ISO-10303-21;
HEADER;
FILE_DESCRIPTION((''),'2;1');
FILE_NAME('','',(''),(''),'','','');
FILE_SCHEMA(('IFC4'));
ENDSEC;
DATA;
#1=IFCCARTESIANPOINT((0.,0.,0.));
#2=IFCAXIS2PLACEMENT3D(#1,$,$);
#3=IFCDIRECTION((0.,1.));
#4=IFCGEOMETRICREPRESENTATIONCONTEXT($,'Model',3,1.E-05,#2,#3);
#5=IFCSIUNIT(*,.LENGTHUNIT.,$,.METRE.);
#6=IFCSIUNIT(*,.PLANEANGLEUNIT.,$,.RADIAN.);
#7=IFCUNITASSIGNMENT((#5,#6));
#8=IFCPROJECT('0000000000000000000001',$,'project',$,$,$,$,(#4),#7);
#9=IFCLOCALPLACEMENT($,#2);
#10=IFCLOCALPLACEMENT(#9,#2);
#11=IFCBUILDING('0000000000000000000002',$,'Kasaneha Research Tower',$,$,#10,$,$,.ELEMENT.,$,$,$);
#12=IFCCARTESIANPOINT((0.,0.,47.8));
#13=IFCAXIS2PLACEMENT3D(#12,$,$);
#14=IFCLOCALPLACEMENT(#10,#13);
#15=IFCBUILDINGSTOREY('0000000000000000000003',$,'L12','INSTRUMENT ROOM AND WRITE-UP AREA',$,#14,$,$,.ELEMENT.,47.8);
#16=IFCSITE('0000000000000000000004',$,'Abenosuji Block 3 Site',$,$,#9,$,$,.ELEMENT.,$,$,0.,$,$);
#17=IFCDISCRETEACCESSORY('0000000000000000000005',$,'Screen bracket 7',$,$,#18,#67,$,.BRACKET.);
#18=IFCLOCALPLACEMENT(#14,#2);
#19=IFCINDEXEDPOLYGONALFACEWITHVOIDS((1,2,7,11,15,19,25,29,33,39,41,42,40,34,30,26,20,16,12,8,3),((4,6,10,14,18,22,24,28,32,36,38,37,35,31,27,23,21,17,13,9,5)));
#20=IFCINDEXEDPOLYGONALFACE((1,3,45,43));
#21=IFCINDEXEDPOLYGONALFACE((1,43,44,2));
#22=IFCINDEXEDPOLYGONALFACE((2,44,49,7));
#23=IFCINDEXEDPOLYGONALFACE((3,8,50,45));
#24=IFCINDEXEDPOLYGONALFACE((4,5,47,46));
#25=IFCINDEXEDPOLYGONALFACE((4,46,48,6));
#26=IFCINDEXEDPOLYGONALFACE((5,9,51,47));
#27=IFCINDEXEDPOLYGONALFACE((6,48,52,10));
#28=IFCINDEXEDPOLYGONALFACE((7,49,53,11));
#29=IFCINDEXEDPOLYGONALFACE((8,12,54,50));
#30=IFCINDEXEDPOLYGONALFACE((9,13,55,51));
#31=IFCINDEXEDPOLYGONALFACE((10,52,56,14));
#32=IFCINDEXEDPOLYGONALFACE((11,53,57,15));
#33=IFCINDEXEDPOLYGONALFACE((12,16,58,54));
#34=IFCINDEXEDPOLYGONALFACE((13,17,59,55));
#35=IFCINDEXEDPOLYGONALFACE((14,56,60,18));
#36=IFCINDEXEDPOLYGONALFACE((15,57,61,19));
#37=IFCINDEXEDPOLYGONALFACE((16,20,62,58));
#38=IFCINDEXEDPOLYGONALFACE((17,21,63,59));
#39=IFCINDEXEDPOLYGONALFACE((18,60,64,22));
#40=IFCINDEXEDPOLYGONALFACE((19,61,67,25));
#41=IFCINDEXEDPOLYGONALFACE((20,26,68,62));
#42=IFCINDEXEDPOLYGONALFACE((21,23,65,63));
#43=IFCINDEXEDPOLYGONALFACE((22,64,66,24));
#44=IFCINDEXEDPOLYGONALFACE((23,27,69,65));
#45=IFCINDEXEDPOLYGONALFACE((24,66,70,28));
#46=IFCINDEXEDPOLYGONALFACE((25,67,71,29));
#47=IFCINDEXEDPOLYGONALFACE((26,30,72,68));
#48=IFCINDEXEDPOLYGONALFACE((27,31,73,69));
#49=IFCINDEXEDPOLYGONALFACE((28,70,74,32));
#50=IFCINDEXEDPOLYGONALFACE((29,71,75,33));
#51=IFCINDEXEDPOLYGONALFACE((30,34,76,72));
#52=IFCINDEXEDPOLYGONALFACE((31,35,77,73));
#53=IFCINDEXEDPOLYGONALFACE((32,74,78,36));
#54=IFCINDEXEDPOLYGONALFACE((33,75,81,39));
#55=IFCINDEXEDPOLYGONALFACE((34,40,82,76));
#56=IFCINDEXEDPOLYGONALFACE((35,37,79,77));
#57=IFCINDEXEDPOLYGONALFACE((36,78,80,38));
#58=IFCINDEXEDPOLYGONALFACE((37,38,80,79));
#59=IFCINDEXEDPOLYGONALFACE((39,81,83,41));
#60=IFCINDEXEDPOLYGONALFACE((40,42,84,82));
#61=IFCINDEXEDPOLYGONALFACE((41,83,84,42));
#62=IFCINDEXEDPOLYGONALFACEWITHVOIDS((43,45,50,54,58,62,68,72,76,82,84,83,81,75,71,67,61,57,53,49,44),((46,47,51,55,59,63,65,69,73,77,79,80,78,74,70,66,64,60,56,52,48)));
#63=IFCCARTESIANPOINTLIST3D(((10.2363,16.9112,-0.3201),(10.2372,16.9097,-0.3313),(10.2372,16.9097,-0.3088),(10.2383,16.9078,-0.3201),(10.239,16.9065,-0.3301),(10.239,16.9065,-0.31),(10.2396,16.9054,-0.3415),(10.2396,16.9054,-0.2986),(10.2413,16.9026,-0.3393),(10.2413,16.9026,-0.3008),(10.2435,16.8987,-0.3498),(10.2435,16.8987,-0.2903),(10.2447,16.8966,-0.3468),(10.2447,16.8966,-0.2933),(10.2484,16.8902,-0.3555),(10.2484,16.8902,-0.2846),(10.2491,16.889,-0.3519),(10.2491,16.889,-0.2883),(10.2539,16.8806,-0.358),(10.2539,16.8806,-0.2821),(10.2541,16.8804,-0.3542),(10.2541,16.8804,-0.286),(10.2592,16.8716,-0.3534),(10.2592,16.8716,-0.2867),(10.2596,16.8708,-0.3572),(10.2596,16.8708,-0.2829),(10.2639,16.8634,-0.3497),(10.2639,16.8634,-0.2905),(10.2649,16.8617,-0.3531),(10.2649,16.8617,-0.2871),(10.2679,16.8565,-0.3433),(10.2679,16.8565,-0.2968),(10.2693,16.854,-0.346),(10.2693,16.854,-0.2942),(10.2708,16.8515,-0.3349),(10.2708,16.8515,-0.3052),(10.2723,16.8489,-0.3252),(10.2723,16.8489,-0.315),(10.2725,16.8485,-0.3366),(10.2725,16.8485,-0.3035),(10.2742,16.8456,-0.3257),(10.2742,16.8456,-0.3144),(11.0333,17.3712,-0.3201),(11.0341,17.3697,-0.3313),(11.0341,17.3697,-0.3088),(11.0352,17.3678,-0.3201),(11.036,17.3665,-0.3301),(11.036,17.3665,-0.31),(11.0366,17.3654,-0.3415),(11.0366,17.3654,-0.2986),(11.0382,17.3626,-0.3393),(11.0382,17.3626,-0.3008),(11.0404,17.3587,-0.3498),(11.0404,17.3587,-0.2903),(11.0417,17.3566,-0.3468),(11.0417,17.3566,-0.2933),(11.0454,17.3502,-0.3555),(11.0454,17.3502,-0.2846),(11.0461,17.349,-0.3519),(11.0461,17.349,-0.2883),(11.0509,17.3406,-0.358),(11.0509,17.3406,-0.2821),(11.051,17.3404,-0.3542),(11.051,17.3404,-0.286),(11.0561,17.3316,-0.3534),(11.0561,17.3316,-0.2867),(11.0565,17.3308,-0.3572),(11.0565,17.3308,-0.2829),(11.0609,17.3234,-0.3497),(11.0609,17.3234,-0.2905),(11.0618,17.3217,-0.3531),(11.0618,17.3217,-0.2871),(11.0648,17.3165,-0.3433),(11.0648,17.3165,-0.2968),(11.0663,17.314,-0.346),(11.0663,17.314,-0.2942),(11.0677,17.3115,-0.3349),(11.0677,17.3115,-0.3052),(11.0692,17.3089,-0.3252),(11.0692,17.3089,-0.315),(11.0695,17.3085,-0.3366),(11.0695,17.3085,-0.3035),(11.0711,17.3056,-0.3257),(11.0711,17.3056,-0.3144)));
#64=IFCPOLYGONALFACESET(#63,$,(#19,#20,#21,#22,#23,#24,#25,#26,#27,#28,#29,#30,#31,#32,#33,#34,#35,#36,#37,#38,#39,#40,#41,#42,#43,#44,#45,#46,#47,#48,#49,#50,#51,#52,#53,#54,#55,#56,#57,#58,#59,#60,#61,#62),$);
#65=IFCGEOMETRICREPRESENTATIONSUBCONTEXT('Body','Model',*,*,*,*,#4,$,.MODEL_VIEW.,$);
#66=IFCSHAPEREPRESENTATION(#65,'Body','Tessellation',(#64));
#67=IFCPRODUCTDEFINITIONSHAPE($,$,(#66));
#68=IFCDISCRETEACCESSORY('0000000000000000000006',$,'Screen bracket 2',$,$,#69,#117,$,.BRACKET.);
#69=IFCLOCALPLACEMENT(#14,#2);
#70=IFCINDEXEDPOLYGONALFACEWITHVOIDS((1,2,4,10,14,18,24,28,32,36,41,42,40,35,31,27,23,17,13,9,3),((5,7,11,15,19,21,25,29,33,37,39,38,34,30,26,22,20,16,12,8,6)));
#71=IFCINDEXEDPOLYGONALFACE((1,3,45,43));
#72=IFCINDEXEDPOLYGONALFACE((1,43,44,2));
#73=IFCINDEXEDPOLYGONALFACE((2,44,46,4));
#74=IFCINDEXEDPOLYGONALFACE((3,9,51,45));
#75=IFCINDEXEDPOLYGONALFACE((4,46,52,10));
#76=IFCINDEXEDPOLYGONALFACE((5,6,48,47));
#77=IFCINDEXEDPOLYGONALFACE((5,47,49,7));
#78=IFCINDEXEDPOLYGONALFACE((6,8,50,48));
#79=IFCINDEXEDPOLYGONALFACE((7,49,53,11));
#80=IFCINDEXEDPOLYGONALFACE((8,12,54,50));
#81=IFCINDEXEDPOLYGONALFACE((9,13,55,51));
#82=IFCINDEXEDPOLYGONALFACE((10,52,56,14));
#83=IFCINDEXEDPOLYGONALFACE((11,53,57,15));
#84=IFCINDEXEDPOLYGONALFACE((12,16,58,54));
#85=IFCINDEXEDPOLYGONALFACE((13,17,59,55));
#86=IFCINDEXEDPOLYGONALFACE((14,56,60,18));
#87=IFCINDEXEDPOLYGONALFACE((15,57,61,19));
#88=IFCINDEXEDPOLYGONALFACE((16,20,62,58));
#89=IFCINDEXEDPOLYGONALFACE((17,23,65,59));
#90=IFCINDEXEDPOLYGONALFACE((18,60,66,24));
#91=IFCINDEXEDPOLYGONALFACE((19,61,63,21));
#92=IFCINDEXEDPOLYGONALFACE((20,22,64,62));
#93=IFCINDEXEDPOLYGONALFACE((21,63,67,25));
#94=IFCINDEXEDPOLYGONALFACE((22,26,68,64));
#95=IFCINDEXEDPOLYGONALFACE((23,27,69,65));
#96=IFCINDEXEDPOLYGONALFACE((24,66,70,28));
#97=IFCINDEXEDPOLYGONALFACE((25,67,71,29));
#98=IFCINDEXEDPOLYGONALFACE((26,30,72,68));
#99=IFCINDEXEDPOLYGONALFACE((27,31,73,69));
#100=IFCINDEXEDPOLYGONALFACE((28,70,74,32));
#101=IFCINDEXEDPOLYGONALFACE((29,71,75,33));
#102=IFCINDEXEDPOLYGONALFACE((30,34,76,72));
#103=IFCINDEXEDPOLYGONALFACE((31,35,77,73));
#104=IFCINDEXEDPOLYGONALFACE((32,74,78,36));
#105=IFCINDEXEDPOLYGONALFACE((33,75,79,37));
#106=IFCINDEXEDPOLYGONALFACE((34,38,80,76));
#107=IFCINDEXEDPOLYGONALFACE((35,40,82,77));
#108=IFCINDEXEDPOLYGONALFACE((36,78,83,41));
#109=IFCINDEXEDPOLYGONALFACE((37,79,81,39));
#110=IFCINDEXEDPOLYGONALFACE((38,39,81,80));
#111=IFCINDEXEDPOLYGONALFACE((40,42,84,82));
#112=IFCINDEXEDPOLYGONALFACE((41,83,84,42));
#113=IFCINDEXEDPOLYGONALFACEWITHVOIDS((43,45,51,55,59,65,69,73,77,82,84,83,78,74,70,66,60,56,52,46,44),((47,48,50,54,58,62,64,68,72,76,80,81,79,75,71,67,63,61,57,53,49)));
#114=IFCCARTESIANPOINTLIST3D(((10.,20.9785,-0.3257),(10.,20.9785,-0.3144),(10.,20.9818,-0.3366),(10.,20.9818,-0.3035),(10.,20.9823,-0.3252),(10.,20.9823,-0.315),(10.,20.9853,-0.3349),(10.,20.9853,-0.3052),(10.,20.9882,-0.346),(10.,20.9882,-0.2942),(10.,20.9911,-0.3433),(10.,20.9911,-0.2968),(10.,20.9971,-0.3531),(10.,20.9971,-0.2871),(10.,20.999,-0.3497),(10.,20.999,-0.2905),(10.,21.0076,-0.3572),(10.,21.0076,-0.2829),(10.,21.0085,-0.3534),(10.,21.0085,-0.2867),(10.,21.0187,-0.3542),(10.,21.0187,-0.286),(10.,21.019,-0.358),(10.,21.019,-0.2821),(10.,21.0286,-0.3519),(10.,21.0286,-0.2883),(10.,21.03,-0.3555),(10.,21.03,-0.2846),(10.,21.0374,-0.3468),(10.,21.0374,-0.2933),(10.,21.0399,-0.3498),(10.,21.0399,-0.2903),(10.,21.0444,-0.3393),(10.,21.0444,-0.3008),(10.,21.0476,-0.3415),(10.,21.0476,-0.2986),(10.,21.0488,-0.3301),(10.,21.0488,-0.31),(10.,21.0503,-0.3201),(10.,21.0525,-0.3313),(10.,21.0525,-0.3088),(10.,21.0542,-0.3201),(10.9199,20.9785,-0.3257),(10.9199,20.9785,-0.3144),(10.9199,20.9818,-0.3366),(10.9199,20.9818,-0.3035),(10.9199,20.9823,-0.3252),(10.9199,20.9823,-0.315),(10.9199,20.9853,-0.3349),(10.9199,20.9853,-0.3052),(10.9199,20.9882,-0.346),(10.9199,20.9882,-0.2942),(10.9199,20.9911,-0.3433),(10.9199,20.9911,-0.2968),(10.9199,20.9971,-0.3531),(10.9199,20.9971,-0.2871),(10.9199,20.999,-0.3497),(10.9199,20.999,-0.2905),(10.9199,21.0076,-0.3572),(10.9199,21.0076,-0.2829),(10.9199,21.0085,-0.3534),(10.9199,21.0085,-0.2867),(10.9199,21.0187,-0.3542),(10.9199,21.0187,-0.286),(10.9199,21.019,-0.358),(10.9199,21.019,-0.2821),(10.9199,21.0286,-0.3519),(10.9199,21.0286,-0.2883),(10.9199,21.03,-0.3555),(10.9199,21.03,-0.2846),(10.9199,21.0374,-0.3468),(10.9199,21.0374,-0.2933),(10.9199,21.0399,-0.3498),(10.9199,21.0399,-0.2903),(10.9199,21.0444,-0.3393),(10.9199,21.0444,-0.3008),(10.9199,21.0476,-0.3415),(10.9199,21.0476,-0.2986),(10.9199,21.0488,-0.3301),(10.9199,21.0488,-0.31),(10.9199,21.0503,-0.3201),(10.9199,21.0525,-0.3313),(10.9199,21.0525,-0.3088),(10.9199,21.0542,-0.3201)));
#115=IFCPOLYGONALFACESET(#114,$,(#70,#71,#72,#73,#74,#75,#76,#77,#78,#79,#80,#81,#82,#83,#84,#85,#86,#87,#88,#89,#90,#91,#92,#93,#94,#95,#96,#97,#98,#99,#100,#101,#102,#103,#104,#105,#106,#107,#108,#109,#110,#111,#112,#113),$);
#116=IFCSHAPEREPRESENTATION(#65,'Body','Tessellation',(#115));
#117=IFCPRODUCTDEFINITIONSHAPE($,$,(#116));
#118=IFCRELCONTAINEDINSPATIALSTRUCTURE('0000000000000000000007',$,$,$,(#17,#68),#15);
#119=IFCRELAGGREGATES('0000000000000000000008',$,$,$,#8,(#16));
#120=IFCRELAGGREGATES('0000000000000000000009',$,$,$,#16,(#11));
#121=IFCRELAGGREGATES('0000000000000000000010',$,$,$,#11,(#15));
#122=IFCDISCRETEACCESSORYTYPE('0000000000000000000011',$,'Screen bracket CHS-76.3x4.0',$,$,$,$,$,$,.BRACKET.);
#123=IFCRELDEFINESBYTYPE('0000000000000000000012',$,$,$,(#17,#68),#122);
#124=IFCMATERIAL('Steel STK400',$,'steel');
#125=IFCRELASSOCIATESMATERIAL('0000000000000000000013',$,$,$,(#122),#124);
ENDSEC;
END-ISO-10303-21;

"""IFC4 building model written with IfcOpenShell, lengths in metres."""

from ifc_helpers import new_model, si_unit, direction, frame, origin, origin_2d, place, context, subcontext, project, spatial, hollow_circle, extrude, material, material_profile, profile_set, type_object, element, save


model = new_model("IFC4")

# Units and contexts
model_context = context("Model", 3, precision=1e-05, world=origin(), true_north=direction((0.0, 1.0)))
body_context = subcontext(model_context, "Body", "Model", "MODEL_VIEW")
ifc_project = project(units=[si_unit("LENGTHUNIT", "METRE"), si_unit("PLANEANGLEUNIT", "RADIAN")], contexts=[model_context])

# Site, building, storey
site_placement = place(None, origin())
site = spatial("IfcSite", under=ifc_project, at=site_placement, Name="Abenosuji Block 3 Site", CompositionType="ELEMENT", RefElevation=0.0)
building_placement = place(site_placement, origin())
building = spatial("IfcBuilding", under=site, at=building_placement, Name="Kasaneha Research Tower", CompositionType="ELEMENT")
storey_placement = place(building_placement, frame((0.0, 0.0, 47.8)))
storey = spatial("IfcBuildingStorey", under=building, at=storey_placement, Name="L12", Description="INSTRUMENT ROOM AND WRITE-UP AREA", CompositionType="ELEMENT", Elevation=47.8)

# Discrete accessories
ifc_material_1 = material(Name="Steel STK400", Category="steel")
ifc_material_profile_1 = material_profile(ifc_material_1, hollow_circle(Radius=0.0381, WallThickness=0.0039, at=origin_2d()), Name="CHS-76.3x4.0")
ifc_profile_set_1 = profile_set([ifc_material_profile_1], Name="Steel STK400")
discrete_accessory_type = type_object("IfcDiscreteAccessoryType", Name="Screen bracket CHS-76.3x4.0", PredefinedType="BRACKET", material=ifc_profile_set_1)
discrete_accessory_1_placement = place(storey_placement, frame((10.2554, 16.8782, -0.3201), z_axis=(0.86608, 0.499906, 0.0), x_axis=(-0.499906, 0.86608, 0.0)))
element("IfcDiscreteAccessory", 1, at=discrete_accessory_1_placement, inside=storey, type_object=discrete_accessory_type, Name="Screen bracket 7", PredefinedType="BRACKET", context=body_context, shape_type="SweptSolid", body=[
    extrude(hollow_circle(Radius=0.0381, WallThickness=0.0039, at=origin_2d()), origin(), (0.0, 0.0, 1.0), 0.9202),
])
discrete_accessory_2_placement = place(storey_placement, frame((10.0, 21.0161, -0.3201), z_axis=(1.0, 0.0, 0.0), x_axis=(0.0, 1.0, 0.0)))
element("IfcDiscreteAccessory", 2, at=discrete_accessory_2_placement, inside=storey, type_object=discrete_accessory_type, Name="Screen bracket 2", PredefinedType="BRACKET", context=body_context, shape_type="SweptSolid", body=[
    extrude(hollow_circle(Radius=0.0381, WallThickness=0.0039, at=origin_2d()), origin(), (0.0, 0.0, 1.0), 0.9199),
])

save(model, "model.ifc")
